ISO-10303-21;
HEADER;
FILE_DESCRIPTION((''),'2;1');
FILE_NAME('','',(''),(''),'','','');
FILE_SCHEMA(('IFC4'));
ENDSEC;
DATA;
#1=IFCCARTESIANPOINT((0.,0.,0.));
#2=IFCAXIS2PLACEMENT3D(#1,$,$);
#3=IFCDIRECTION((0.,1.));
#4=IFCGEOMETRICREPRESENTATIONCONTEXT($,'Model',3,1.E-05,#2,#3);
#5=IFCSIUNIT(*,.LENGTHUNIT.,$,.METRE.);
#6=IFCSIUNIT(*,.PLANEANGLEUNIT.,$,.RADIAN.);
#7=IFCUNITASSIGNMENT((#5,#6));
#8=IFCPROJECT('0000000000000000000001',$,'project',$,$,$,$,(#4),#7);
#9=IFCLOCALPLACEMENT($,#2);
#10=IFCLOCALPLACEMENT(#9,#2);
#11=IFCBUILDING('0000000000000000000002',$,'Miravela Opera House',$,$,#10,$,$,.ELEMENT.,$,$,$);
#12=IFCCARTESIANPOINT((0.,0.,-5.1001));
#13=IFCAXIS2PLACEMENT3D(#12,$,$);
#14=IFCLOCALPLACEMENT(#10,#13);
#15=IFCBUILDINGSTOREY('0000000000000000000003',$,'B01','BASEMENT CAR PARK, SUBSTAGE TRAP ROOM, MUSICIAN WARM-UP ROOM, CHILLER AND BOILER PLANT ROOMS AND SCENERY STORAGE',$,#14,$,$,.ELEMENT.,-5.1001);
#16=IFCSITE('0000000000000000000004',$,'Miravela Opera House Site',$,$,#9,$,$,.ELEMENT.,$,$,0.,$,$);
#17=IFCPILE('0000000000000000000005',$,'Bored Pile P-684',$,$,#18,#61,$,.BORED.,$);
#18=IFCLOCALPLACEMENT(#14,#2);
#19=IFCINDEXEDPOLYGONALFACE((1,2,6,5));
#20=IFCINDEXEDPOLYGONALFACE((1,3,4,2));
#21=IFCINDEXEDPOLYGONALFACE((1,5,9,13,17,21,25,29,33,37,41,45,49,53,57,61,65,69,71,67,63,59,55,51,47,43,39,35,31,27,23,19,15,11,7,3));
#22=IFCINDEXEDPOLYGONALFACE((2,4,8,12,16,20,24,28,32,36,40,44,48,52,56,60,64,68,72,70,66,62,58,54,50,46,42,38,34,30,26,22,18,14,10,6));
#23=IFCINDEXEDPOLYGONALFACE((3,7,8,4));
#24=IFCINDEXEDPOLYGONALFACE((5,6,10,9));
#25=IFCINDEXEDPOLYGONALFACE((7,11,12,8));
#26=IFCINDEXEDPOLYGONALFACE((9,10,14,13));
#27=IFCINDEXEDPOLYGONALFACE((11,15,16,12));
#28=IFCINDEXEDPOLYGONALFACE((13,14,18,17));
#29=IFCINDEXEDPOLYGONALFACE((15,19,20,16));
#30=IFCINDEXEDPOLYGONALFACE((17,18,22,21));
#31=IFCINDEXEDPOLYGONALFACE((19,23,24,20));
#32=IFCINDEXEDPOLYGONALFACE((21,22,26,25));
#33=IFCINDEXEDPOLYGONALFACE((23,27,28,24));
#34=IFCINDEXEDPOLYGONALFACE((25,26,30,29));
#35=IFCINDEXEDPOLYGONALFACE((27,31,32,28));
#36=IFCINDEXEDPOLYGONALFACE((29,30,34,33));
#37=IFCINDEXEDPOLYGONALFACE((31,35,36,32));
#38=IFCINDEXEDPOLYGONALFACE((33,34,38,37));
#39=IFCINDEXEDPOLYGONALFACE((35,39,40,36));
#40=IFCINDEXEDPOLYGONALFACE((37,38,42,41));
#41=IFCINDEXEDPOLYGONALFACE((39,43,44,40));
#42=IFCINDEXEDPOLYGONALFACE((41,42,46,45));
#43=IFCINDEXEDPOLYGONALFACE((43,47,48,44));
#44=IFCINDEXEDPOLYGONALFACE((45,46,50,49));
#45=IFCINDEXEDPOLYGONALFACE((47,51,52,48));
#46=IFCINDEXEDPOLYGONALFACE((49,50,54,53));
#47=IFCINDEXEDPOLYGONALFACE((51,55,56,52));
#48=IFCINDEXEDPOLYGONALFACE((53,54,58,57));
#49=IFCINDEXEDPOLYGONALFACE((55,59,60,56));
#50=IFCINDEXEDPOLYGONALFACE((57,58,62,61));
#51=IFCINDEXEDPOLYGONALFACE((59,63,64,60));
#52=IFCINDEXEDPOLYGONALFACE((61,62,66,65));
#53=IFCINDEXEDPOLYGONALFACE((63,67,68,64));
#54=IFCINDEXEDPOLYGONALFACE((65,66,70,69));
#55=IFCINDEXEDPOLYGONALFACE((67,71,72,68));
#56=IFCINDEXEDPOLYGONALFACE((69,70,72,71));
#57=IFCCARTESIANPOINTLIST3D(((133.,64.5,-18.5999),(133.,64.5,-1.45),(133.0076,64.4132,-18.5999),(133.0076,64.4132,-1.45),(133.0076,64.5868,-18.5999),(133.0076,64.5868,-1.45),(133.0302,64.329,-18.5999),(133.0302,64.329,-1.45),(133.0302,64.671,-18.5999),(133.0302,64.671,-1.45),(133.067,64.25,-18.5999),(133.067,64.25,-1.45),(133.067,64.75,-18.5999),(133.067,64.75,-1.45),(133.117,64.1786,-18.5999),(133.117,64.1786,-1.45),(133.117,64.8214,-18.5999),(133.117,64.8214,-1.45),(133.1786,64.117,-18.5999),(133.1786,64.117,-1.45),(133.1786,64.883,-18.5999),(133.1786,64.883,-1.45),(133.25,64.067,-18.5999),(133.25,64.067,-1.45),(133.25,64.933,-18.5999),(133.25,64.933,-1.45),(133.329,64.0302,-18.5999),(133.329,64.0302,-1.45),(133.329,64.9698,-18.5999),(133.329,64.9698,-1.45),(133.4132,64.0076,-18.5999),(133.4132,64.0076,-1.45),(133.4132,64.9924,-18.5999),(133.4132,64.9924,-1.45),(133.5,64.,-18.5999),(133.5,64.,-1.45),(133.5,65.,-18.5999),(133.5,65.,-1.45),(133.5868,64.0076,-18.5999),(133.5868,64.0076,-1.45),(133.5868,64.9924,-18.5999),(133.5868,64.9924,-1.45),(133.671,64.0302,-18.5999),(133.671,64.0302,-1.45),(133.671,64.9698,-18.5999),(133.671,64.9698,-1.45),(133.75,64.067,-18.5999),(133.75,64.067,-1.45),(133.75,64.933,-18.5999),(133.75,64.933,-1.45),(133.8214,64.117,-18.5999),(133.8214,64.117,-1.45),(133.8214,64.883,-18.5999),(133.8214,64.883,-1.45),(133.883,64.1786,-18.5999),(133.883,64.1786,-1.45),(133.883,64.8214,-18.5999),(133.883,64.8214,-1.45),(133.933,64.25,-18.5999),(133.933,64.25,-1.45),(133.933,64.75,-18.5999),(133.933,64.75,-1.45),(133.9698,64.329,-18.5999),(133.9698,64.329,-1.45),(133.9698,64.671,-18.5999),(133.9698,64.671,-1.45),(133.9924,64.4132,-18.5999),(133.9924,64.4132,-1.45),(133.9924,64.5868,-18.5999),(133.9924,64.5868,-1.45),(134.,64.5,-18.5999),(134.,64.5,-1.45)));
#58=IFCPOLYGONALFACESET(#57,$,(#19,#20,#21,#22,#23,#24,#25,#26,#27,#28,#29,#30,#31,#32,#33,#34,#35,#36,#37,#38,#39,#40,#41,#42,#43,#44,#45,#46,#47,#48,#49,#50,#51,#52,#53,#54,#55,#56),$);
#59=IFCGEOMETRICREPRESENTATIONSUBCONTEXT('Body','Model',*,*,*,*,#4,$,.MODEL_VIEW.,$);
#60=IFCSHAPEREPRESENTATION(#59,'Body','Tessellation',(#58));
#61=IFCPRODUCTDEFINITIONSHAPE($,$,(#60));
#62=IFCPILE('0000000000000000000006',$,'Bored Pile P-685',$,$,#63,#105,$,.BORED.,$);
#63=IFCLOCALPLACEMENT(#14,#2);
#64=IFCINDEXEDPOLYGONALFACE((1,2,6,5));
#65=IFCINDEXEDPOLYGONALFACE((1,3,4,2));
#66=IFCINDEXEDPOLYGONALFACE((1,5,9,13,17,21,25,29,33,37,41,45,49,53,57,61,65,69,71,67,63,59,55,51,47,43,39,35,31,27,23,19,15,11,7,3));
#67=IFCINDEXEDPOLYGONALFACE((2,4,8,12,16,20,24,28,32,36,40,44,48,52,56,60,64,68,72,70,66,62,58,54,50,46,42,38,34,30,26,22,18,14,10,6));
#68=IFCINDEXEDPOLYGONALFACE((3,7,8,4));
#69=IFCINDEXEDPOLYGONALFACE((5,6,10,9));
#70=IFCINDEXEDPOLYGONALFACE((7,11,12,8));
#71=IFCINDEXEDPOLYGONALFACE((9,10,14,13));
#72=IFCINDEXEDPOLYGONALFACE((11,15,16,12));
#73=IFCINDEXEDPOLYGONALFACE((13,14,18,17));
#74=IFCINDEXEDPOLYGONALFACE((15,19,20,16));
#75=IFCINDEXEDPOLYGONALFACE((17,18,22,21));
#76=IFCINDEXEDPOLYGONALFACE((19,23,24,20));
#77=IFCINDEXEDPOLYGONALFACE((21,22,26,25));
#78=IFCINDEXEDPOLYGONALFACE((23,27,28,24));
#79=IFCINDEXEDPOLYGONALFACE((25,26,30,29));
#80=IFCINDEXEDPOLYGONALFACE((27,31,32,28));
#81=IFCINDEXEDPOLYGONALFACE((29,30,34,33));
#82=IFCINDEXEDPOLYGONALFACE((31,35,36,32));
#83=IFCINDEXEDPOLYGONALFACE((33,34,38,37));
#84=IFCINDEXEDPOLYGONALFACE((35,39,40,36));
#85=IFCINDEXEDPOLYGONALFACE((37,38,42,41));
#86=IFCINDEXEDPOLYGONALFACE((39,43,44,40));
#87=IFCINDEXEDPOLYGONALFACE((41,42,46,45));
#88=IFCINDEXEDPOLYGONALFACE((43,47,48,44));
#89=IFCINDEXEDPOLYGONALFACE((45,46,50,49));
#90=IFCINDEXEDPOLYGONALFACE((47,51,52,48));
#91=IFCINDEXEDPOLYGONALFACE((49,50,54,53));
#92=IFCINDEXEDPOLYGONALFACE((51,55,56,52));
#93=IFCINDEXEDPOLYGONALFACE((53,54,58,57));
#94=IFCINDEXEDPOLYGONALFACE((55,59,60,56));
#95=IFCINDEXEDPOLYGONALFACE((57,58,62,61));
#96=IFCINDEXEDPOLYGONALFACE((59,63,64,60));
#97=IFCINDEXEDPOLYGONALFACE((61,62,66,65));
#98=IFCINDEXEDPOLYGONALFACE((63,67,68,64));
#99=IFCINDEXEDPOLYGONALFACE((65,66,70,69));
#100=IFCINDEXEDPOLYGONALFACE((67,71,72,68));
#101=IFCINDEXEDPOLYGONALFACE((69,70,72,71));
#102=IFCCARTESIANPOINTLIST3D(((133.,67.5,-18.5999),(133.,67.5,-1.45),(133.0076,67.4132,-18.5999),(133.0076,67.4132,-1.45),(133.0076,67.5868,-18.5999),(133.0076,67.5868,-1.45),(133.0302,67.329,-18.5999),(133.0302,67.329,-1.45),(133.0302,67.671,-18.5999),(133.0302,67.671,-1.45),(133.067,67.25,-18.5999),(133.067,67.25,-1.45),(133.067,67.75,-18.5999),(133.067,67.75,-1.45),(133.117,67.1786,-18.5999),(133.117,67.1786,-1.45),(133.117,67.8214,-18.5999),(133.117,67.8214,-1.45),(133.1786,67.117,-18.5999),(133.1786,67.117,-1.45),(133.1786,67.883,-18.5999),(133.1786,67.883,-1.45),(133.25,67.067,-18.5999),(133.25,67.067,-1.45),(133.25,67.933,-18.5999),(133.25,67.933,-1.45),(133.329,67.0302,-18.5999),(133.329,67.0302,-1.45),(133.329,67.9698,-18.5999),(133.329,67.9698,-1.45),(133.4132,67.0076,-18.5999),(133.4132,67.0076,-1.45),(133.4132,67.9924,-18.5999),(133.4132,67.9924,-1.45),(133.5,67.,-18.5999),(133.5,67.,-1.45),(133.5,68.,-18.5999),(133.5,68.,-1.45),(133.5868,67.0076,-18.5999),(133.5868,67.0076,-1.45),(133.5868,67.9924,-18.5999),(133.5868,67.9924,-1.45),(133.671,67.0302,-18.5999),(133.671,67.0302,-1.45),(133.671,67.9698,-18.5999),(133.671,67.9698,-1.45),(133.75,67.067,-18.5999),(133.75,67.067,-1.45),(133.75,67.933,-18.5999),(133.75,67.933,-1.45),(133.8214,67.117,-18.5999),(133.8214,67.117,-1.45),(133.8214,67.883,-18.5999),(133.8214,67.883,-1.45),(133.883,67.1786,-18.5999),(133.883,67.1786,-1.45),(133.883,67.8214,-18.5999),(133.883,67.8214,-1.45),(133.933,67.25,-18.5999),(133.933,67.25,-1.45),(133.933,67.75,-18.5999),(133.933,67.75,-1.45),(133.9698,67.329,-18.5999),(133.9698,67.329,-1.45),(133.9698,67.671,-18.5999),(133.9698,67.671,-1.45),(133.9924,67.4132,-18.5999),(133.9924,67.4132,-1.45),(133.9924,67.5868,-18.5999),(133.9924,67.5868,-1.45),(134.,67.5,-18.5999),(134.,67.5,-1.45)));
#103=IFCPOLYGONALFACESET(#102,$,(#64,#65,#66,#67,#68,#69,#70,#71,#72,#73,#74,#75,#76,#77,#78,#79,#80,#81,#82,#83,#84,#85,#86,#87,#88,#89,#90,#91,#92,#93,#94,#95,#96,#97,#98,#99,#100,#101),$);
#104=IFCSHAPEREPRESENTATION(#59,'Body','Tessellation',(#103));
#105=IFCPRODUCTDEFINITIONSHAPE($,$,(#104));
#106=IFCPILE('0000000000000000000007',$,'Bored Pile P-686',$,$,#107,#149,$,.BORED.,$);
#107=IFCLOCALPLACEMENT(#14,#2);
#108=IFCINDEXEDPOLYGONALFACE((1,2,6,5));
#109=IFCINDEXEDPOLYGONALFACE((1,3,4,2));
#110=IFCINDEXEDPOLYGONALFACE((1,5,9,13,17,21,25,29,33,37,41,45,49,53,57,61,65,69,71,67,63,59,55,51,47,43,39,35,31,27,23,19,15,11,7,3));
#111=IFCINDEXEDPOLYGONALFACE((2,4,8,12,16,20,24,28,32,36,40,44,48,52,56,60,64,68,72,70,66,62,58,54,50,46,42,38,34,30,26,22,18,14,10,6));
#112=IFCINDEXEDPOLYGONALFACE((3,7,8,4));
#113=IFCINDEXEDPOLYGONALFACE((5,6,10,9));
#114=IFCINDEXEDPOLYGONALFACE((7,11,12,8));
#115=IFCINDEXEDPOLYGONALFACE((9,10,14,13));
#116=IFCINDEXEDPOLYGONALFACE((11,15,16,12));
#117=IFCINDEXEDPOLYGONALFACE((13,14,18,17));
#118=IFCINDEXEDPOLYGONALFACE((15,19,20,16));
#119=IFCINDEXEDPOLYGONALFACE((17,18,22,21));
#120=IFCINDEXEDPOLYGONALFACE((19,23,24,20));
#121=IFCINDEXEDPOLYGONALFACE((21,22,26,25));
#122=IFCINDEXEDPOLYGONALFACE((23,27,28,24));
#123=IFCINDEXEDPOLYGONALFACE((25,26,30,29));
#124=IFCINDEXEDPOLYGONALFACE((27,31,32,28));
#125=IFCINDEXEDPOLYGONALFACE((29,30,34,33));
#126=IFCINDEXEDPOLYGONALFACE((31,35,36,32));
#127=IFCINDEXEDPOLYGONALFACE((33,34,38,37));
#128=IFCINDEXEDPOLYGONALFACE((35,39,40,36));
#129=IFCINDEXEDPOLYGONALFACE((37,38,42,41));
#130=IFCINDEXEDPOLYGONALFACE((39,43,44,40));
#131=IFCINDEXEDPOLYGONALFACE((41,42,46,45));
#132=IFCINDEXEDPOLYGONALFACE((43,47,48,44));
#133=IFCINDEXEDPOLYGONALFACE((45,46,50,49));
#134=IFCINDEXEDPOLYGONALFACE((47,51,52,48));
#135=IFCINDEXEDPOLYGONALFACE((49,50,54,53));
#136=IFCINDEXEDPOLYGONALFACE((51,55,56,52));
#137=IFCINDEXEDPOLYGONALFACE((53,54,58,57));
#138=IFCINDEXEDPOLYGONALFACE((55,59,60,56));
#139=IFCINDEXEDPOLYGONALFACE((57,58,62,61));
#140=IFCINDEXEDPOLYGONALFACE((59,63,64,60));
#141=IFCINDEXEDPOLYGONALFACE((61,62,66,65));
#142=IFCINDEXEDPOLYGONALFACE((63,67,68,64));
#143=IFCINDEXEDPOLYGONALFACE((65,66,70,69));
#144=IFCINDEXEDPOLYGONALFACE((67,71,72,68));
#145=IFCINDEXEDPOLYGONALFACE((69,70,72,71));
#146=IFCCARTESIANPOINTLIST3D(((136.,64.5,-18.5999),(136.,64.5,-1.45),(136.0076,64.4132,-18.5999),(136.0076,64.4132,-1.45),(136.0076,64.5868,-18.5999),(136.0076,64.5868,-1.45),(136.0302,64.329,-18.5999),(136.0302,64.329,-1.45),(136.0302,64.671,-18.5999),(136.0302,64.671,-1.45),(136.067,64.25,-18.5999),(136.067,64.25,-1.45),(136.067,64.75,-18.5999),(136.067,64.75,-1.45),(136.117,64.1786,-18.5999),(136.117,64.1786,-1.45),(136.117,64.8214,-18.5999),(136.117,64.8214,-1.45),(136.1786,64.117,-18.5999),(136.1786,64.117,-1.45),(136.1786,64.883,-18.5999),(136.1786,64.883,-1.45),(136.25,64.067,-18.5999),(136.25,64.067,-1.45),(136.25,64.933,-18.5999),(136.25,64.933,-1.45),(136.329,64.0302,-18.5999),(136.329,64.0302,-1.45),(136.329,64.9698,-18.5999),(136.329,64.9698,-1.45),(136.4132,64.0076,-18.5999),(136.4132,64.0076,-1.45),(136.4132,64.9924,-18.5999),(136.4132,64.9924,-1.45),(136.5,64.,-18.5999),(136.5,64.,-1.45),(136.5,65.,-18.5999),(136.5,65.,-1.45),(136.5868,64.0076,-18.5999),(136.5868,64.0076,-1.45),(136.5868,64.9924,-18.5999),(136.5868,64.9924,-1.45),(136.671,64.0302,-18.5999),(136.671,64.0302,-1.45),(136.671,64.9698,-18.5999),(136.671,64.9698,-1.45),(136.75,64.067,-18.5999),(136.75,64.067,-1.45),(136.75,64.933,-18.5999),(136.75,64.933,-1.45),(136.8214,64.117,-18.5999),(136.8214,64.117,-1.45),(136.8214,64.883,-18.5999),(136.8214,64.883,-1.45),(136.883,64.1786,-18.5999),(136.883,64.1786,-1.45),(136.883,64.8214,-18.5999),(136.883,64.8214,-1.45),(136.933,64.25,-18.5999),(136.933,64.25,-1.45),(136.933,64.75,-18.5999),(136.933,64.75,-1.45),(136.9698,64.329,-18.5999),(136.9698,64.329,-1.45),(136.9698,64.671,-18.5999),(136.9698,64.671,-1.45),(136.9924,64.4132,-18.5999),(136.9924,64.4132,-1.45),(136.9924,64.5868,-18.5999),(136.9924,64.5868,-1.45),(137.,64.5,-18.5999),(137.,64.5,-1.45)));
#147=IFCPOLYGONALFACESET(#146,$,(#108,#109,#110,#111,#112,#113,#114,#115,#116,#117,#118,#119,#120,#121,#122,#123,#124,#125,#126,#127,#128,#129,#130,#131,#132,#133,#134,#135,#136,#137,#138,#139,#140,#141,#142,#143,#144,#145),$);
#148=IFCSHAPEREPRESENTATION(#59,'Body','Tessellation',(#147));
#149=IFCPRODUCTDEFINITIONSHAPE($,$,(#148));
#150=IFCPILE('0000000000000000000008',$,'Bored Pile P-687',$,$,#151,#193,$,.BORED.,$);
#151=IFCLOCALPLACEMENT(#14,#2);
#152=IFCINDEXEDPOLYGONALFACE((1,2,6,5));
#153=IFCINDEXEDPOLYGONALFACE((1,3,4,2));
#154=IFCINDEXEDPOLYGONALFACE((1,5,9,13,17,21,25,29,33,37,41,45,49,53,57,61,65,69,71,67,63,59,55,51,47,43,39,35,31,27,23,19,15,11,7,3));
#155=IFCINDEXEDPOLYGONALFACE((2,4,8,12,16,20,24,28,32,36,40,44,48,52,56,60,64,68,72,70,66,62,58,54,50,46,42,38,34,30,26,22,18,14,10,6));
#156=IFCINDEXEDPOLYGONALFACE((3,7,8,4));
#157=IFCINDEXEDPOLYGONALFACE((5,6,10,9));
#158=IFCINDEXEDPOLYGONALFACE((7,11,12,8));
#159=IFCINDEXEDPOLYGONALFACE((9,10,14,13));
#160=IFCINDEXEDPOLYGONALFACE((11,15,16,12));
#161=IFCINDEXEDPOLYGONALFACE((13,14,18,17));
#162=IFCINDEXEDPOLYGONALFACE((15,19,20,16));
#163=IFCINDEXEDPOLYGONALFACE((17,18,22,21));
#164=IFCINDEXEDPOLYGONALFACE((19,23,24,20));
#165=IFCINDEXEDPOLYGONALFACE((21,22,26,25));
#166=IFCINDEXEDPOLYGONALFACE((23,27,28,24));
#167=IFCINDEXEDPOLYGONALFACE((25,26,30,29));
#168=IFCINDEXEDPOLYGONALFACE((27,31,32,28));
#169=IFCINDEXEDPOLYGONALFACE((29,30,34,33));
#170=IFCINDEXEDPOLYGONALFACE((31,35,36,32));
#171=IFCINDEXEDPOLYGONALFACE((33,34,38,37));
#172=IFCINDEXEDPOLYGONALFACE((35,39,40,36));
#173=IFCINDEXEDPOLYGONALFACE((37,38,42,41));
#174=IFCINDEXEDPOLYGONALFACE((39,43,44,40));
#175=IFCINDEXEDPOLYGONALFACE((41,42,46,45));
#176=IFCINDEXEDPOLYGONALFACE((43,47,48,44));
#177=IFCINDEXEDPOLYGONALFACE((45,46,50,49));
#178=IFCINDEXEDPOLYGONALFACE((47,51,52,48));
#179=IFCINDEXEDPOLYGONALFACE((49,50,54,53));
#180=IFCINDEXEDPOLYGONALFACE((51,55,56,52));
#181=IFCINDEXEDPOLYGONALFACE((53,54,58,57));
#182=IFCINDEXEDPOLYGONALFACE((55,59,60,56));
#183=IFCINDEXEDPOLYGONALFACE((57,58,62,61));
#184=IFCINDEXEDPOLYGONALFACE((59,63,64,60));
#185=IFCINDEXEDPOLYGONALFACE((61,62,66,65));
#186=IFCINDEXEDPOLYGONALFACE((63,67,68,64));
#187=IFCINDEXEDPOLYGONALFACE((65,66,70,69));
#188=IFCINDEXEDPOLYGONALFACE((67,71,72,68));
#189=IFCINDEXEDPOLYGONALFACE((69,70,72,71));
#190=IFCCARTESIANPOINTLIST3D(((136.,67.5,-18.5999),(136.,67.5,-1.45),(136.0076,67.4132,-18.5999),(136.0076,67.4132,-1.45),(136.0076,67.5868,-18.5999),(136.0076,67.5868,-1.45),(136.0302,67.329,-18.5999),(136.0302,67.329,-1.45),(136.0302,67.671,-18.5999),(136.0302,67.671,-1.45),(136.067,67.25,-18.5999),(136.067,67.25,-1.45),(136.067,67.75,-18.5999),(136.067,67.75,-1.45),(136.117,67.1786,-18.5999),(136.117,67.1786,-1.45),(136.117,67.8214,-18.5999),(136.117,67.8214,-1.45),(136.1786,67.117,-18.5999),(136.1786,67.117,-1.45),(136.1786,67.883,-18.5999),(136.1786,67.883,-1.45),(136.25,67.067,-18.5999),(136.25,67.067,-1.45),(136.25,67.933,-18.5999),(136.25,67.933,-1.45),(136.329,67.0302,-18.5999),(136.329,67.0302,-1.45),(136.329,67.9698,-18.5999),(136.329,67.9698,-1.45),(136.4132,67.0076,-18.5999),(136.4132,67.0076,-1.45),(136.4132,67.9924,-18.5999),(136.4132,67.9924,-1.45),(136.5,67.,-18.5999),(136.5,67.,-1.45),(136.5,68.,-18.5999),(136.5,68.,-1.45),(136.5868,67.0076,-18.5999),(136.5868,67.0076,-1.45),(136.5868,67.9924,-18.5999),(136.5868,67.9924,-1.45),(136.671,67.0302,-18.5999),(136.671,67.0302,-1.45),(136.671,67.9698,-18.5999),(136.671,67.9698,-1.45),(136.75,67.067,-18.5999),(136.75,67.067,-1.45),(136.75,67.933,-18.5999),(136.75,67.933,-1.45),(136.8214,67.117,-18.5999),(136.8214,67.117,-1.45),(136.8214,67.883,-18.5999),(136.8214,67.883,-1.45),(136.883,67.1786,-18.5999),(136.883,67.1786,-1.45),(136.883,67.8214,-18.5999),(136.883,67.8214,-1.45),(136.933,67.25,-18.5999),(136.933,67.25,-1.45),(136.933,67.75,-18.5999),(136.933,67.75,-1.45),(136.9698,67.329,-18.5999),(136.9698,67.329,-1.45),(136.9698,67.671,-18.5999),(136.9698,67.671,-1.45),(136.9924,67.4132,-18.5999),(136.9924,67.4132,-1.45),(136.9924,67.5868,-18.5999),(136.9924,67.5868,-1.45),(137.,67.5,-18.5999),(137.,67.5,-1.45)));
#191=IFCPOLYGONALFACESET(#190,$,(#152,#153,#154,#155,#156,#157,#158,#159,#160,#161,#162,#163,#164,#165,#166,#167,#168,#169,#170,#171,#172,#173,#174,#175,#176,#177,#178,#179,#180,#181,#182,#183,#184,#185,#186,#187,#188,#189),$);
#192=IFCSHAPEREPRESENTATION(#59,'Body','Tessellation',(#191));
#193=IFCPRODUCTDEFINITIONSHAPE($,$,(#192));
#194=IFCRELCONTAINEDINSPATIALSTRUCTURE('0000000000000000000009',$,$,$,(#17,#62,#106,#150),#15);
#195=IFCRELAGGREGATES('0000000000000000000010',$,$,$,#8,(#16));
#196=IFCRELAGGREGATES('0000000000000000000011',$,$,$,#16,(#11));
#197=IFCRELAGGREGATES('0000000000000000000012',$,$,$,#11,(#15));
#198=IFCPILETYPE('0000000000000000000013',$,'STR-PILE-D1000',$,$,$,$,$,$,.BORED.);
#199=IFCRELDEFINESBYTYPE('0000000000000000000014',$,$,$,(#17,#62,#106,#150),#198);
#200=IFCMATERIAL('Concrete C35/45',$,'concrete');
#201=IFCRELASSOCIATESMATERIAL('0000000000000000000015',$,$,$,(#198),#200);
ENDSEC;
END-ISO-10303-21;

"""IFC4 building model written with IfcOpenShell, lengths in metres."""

from ifc_helpers import new_model, si_unit, direction, frame, origin, origin_2d, place, context, subcontext, project, spatial, circle, extrude, material, material_profile, profile_set, type_object, element, save


model = new_model("IFC4")

# Units and contexts
model_context = context("Model", 3, precision=1e-05, world=origin(), true_north=direction((0.0, 1.0)))
body_context = subcontext(model_context, "Body", "Model", "MODEL_VIEW")
ifc_project = project(units=[si_unit("LENGTHUNIT", "METRE"), si_unit("PLANEANGLEUNIT", "RADIAN")], contexts=[model_context])

# Site, building, storey
site_placement = place(None, origin())
site = spatial("IfcSite", under=ifc_project, at=site_placement, Name="Miravela Opera House Site", CompositionType="ELEMENT", RefElevation=0.0)
building_placement = place(site_placement, origin())
building = spatial("IfcBuilding", under=site, at=building_placement, Name="Miravela Opera House", CompositionType="ELEMENT")
storey_placement = place(building_placement, frame((0.0, 0.0, -5.1001)))
storey = spatial("IfcBuildingStorey", under=building, at=storey_placement, Name="B01", Description="BASEMENT CAR PARK, SUBSTAGE TRAP ROOM, MUSICIAN WARM-UP ROOM, CHILLER AND BOILER PLANT ROOMS AND SCENERY STORAGE", CompositionType="ELEMENT", Elevation=-5.1001)

# Shared definitions
ifc_material_1 = material(Name="Concrete C35/45", Category="concrete")

# Piles
ifc_material_profile_1 = material_profile(ifc_material_1, circle(Radius=0.5, at=origin_2d()), Name="PILE-D1000")
ifc_profile_set_1 = profile_set([ifc_material_profile_1])
pile_type_1 = type_object("IfcPileType", Name="STR-PILE-D1000", PredefinedType="BORED", material=ifc_profile_set_1)
for number, where, z_axis, x_axis, name in (
    (1, (133.5, 64.5, -1.45), (0.0, 0.0, -1.0), (1.0, 0.0, 0.0), "Bored Pile P-684"),
    (2, (133.5, 67.5, -1.45), (0.0, 0.0, -1.0), (1.0, 0.0, 0.0), "Bored Pile P-685"),
    (3, (136.5, 64.5, -1.45), (0.0, 0.0, -1.0), (1.0, 0.0, 0.0), "Bored Pile P-686"),
    (4, (136.5, 67.5, -1.45), (0.0, 0.0, -1.0), (1.0, 0.0, 0.0), "Bored Pile P-687"),
):
    element("IfcPile", number, at=place(storey_placement, frame(where, z_axis=z_axis, x_axis=x_axis)), inside=storey, type_object=pile_type_1, Name=name, PredefinedType="BORED", context=body_context, shape_type="SweptSolid", body=[
        extrude(circle(Radius=0.5, at=origin_2d()), origin(), (0.0, 0.0, 1.0), 17.1499),
    ])

save(model, "model.ifc")
